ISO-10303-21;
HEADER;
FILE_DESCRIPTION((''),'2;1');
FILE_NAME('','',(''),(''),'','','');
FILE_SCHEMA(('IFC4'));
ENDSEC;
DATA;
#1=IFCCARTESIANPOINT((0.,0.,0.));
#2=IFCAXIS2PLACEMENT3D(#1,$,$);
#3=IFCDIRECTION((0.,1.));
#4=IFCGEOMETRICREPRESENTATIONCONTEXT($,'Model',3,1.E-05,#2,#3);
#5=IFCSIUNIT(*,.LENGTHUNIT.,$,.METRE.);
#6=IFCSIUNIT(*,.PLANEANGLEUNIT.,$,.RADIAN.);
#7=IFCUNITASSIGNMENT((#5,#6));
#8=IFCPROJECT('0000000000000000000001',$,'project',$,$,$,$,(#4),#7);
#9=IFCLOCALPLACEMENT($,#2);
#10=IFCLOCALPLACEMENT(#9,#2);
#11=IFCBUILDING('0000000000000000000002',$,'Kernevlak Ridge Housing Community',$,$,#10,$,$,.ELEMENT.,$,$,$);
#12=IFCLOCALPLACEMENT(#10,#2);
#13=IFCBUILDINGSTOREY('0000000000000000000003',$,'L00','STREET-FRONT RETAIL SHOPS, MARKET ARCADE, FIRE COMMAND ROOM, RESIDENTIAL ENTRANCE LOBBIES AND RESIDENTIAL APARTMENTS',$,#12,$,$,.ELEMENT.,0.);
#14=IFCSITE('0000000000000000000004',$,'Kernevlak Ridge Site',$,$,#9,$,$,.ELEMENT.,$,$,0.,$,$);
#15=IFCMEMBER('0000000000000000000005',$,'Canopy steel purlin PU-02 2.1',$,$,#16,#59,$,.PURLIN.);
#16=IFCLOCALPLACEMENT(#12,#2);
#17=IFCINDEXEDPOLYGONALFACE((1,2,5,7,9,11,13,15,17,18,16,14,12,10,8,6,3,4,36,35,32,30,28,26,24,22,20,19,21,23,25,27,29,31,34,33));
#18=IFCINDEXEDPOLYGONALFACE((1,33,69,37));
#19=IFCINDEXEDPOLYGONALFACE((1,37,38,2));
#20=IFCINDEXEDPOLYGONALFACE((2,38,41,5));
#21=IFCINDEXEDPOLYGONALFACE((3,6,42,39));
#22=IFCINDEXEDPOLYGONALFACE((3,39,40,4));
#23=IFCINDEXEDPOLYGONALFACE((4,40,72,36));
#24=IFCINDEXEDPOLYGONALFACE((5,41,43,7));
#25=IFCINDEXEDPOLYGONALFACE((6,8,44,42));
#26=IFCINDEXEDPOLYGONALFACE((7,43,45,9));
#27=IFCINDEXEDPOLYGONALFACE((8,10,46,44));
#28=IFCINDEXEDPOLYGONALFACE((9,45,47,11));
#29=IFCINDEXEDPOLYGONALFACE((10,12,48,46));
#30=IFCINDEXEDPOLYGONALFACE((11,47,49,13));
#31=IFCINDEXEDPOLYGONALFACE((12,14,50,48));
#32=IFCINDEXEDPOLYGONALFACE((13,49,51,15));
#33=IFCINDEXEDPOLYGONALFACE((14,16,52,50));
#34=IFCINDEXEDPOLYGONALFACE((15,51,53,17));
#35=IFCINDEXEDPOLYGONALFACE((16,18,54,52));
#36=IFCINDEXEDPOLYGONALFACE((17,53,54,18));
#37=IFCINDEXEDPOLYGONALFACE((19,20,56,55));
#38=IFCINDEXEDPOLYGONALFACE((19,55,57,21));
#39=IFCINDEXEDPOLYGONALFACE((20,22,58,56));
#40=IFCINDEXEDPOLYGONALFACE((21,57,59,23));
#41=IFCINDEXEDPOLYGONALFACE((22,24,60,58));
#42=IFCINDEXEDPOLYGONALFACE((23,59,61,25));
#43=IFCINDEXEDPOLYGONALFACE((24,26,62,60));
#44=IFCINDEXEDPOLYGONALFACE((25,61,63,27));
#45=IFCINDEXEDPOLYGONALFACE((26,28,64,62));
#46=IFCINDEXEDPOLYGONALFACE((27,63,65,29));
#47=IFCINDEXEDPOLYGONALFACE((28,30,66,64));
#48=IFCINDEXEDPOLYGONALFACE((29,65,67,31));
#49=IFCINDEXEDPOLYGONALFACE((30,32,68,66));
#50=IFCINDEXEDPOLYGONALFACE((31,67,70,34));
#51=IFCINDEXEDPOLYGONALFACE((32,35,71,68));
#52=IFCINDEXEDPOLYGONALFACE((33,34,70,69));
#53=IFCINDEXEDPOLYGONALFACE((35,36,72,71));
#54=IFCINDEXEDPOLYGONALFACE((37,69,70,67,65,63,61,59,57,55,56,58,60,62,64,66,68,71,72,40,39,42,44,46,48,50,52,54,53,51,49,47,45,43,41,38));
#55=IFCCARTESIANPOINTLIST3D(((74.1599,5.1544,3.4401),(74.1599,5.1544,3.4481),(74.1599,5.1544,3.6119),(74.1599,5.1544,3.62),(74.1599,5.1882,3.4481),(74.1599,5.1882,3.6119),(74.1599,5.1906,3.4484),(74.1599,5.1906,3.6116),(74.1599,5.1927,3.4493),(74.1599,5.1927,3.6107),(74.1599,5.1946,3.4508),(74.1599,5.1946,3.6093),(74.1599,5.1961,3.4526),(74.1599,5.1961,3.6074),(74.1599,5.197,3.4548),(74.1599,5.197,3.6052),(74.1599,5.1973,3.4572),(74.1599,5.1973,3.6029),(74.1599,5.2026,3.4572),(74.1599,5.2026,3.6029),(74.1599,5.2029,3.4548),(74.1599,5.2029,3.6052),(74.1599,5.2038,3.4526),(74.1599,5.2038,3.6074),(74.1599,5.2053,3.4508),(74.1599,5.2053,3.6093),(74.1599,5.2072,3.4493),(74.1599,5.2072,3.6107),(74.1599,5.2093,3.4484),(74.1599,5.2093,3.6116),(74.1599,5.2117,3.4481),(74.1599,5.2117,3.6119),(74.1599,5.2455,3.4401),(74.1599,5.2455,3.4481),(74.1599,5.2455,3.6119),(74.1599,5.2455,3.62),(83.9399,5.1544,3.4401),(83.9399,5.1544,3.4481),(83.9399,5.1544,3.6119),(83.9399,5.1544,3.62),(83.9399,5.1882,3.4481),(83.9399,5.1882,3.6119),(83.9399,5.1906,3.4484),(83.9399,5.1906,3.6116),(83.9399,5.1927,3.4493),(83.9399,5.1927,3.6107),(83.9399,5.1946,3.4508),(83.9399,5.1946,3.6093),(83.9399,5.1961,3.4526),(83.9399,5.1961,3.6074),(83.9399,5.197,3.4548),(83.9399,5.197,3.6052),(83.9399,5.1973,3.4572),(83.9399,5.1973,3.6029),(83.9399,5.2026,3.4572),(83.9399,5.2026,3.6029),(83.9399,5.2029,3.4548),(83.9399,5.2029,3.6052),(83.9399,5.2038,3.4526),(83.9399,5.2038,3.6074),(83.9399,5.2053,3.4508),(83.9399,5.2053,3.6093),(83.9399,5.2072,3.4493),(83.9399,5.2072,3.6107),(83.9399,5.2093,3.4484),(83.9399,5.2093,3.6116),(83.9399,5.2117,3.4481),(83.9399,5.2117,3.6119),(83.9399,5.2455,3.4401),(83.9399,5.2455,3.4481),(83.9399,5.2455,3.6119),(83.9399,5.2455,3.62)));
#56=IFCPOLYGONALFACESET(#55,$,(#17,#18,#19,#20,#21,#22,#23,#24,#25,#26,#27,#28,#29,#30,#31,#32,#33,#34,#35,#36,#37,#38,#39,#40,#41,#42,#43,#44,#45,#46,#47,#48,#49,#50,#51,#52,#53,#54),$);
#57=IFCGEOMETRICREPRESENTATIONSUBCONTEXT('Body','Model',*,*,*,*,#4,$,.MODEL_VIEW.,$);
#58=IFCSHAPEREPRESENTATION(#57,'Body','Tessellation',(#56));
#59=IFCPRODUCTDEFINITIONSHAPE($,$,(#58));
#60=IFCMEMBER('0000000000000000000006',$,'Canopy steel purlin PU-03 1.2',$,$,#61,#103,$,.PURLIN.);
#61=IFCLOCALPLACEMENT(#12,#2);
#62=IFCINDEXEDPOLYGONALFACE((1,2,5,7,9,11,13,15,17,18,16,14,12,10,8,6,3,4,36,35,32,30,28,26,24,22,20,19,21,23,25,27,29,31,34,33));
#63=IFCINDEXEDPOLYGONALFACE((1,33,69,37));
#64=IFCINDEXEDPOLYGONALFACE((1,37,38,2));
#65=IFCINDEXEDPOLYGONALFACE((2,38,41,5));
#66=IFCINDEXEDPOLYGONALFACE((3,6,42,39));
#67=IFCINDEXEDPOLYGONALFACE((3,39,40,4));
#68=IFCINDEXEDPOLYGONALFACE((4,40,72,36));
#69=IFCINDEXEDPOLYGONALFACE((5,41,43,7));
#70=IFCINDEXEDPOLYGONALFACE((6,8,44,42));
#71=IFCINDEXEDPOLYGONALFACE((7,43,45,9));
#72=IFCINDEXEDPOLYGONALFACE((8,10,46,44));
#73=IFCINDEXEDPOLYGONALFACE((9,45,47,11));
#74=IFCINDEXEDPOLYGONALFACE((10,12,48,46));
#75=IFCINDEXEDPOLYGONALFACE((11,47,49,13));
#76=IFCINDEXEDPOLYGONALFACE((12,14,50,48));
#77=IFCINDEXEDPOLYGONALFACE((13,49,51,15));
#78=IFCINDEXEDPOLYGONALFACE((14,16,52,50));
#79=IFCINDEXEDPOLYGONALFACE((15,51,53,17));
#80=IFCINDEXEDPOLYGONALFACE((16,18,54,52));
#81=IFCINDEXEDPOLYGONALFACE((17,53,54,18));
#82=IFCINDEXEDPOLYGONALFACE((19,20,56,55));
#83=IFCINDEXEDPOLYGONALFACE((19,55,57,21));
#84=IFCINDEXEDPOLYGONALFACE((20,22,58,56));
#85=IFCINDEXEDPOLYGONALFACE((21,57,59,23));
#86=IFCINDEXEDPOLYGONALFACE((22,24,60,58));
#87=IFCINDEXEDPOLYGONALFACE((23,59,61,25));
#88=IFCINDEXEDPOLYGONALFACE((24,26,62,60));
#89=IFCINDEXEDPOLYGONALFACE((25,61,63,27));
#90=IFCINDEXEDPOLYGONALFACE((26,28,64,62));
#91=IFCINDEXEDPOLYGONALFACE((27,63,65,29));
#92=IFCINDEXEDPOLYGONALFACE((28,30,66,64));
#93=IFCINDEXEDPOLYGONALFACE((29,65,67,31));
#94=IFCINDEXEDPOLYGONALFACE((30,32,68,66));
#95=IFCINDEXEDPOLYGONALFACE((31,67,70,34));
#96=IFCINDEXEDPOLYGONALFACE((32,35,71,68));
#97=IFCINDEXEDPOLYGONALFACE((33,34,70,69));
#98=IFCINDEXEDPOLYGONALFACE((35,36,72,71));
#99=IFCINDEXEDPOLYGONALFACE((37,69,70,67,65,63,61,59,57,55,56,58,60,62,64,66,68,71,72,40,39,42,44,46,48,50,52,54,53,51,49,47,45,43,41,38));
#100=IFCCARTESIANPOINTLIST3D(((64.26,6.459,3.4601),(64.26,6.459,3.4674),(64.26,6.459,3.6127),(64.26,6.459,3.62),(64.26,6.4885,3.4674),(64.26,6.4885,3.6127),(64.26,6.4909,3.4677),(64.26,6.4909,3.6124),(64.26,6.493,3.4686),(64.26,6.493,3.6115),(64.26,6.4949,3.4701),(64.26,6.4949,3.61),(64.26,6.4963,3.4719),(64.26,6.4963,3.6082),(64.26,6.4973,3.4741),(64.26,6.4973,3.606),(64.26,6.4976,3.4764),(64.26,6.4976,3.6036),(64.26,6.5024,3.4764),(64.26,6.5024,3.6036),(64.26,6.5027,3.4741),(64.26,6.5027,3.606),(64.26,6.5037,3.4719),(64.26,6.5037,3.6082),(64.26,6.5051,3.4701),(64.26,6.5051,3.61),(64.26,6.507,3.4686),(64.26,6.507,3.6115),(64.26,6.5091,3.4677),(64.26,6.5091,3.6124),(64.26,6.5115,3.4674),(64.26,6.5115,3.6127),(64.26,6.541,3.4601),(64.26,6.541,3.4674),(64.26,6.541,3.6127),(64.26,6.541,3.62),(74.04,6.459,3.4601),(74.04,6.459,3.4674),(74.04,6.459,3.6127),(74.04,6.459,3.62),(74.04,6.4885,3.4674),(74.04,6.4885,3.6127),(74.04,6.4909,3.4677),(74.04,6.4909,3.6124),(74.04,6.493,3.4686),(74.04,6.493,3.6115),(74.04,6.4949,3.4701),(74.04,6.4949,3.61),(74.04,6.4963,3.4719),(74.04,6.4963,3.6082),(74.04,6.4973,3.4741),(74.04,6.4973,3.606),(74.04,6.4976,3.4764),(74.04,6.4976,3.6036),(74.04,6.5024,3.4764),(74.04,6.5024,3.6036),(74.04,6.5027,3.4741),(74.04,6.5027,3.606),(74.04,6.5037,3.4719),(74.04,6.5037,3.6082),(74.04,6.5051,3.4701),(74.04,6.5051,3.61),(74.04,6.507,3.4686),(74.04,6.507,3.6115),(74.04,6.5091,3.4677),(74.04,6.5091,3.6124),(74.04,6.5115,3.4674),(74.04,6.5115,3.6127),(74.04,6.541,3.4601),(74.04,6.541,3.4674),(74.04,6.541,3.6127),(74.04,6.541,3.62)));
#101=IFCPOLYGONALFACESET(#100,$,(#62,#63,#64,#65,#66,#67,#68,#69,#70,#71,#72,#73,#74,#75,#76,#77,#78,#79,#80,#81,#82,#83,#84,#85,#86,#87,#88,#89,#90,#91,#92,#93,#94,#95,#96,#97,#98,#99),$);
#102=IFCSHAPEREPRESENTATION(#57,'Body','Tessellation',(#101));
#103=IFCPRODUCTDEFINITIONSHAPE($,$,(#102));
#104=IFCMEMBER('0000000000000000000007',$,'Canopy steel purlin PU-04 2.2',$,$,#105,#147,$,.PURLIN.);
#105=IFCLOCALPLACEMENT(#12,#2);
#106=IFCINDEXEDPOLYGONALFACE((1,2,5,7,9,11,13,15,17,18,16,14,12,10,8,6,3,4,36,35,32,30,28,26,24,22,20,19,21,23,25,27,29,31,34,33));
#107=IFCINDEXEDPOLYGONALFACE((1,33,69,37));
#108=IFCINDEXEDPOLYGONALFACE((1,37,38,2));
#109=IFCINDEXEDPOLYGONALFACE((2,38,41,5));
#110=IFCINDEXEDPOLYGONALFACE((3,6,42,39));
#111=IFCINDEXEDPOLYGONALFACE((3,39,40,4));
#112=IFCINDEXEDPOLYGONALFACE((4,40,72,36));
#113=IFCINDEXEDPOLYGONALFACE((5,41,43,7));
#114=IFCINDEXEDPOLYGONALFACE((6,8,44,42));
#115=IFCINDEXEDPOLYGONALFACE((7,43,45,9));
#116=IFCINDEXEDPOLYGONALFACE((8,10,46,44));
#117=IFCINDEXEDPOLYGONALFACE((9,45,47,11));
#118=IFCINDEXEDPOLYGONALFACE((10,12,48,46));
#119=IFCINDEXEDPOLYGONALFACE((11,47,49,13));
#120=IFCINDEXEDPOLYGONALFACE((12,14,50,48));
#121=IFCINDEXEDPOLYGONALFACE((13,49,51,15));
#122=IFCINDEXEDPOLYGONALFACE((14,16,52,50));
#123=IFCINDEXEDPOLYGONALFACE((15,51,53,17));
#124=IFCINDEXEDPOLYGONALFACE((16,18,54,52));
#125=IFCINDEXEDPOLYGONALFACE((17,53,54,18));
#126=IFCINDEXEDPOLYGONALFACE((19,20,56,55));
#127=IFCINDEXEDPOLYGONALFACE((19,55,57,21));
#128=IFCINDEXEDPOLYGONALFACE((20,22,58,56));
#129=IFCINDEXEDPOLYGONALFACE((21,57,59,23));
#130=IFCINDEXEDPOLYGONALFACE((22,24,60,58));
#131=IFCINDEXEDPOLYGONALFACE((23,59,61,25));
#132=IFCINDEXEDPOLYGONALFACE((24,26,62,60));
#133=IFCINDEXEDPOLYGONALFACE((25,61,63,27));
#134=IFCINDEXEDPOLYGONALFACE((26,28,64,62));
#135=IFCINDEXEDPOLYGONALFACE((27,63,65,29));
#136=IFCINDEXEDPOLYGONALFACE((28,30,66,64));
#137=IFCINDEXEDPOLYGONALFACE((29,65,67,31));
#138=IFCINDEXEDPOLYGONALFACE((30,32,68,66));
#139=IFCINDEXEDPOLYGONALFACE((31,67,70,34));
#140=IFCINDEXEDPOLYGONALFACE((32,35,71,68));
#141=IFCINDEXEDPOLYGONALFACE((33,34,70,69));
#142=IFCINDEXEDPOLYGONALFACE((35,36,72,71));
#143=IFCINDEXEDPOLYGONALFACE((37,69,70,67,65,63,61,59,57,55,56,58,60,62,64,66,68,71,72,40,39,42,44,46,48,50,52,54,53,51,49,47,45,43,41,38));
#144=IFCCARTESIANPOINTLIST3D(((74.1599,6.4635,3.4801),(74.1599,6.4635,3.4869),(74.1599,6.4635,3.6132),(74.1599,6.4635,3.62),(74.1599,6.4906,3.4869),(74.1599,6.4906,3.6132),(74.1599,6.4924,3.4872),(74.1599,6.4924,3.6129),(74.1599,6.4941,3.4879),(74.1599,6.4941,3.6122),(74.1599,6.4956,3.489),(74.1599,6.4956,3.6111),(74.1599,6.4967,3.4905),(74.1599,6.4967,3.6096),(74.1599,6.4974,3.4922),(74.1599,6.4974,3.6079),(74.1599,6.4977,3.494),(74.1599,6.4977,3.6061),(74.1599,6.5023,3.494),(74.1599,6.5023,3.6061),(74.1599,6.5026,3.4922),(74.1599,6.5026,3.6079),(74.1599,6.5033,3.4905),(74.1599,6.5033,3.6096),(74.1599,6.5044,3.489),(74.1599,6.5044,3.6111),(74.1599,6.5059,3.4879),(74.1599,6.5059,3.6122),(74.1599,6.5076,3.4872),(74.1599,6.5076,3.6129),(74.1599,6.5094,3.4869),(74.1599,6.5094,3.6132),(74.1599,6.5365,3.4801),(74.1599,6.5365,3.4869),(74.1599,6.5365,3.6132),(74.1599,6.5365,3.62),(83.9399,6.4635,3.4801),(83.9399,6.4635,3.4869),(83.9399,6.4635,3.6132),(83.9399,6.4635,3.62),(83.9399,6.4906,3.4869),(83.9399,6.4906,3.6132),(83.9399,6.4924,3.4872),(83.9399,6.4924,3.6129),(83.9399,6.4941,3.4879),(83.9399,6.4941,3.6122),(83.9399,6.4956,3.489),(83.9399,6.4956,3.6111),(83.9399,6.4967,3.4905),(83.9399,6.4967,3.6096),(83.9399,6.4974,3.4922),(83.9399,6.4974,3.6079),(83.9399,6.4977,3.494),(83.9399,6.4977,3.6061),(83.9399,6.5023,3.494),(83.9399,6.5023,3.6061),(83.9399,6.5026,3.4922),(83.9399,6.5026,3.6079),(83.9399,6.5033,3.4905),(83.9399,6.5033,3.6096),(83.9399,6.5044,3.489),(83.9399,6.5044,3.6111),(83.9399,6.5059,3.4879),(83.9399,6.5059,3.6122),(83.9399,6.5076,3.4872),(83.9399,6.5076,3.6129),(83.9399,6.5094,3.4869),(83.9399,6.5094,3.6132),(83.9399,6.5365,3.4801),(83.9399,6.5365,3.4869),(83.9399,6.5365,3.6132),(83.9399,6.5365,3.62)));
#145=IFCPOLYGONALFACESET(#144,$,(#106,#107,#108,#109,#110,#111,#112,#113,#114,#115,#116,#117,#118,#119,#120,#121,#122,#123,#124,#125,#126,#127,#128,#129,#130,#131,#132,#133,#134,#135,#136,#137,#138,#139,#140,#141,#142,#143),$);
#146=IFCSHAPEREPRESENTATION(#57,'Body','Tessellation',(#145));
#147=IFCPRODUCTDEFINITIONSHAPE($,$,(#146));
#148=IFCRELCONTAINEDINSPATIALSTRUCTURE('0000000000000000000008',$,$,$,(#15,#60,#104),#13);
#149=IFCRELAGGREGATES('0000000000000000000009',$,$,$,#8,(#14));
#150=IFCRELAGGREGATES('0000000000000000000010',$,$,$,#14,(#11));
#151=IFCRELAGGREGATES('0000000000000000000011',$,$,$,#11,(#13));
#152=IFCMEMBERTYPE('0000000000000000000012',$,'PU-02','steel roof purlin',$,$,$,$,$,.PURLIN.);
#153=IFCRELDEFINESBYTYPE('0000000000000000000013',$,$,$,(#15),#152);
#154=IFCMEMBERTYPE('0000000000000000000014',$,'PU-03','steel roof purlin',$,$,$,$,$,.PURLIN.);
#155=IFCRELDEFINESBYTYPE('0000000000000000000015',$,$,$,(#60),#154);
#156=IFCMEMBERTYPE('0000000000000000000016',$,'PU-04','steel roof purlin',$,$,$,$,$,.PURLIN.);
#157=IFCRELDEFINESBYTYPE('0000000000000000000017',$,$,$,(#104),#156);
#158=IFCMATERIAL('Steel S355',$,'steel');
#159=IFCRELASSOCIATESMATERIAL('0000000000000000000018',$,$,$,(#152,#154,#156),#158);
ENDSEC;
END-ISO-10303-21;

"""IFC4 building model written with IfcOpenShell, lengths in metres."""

from ifc_helpers import new_model, si_unit, direction, frame, origin, origin_2d, place, context, subcontext, project, spatial, i_section, extrude, material, material_profile, profile_set, type_object, element, save


model = new_model("IFC4")

# Units and contexts
model_context = context("Model", 3, precision=1e-05, world=origin(), true_north=direction((0.0, 1.0)))
body_context = subcontext(model_context, "Body", "Model", "MODEL_VIEW")
ifc_project = project(units=[si_unit("LENGTHUNIT", "METRE"), si_unit("PLANEANGLEUNIT", "RADIAN")], contexts=[model_context])

# Site, building, storey
site_placement = place(None, origin())
site = spatial("IfcSite", under=ifc_project, at=site_placement, Name="Kernevlak Ridge Site", CompositionType="ELEMENT", RefElevation=0.0)
building_placement = place(site_placement, origin())
building = spatial("IfcBuilding", under=site, at=building_placement, Name="Kernevlak Ridge Housing Community", CompositionType="ELEMENT")
storey_placement = place(building_placement, origin())
storey = spatial("IfcBuildingStorey", under=building, at=storey_placement, Name="L00", Description="STREET-FRONT RETAIL SHOPS, MARKET ARCADE, FIRE COMMAND ROOM, RESIDENTIAL ENTRANCE LOBBIES AND RESIDENTIAL APARTMENTS", CompositionType="ELEMENT", Elevation=0.0)

# Shared definitions
ifc_material_1 = material(Name="Steel S355", Category="steel")

# Members
ifc_material_profile_1 = material_profile(ifc_material_1, i_section(OverallWidth=0.0911, OverallDepth=0.1799, WebThickness=0.0054, FlangeThickness=0.0081, FilletRadius=0.009, at=origin_2d()), Name="IPE 180")
ifc_profile_set_1 = profile_set([ifc_material_profile_1], Name="Steel S355")
member_type_1 = type_object("IfcMemberType", Name="PU-02", Description="steel roof purlin", PredefinedType="PURLIN", material=ifc_profile_set_1)
for number, where, z_axis, x_axis, name in (
    (1, (74.1599, 5.2, 3.53), (1.0, 0.0, 0.0), (0.0, 1.0, 0.0), "Canopy steel purlin PU-02 2.1"),
):
    element("IfcMember", number, at=place(storey_placement, frame(where, z_axis=z_axis, x_axis=x_axis)), inside=storey, type_object=member_type_1, Name=name, PredefinedType="PURLIN", context=body_context, shape_type="SweptSolid", body=[
        extrude(i_section(OverallWidth=0.0911, OverallDepth=0.1799, WebThickness=0.0054, FlangeThickness=0.0081, FilletRadius=0.009, at=origin_2d()), origin(), (0.0, 0.0, 1.0), 9.78),
    ])
ifc_material_profile_2 = material_profile(ifc_material_1, i_section(OverallWidth=0.082, OverallDepth=0.1599, WebThickness=0.0049, FlangeThickness=0.0073, FilletRadius=0.009, at=origin_2d()), Name="IPE 160")
ifc_profile_set_2 = profile_set([ifc_material_profile_2], Name="Steel S355")
member_type_2 = type_object("IfcMemberType", Name="PU-03", Description="steel roof purlin", PredefinedType="PURLIN", material=ifc_profile_set_2)
member_1_placement = place(storey_placement, frame((64.26, 6.5, 3.54), z_axis=(1.0, 0.0, 0.0), x_axis=(0.0, 1.0, 0.0)))
element("IfcMember", 2, at=member_1_placement, inside=storey, type_object=member_type_2, Name="Canopy steel purlin PU-03 1.2", PredefinedType="PURLIN", context=body_context, shape_type="SweptSolid", body=[
    extrude(i_section(OverallWidth=0.082, OverallDepth=0.1599, WebThickness=0.0049, FlangeThickness=0.0073, FilletRadius=0.009, at=origin_2d()), origin(), (0.0, 0.0, 1.0), 9.78),
])
ifc_material_profile_3 = material_profile(ifc_material_1, i_section(OverallWidth=0.073, OverallDepth=0.1399, WebThickness=0.0046, FlangeThickness=0.0068, FilletRadius=0.0071, at=origin_2d()), Name="IPE 140")
ifc_profile_set_3 = profile_set([ifc_material_profile_3], Name="Steel S355")
member_type_3 = type_object("IfcMemberType", Name="PU-04", Description="steel roof purlin", PredefinedType="PURLIN", material=ifc_profile_set_3)
member_2_placement = place(storey_placement, frame((74.1599, 6.5, 3.55), z_axis=(1.0, 0.0, 0.0), x_axis=(0.0, 1.0, 0.0)))
element("IfcMember", 3, at=member_2_placement, inside=storey, type_object=member_type_3, Name="Canopy steel purlin PU-04 2.2", PredefinedType="PURLIN", context=body_context, shape_type="SweptSolid", body=[
    extrude(i_section(OverallWidth=0.073, OverallDepth=0.1399, WebThickness=0.0046, FlangeThickness=0.0068, FilletRadius=0.0071, at=origin_2d()), origin(), (0.0, 0.0, 1.0), 9.78),
])

save(model, "model.ifc")
